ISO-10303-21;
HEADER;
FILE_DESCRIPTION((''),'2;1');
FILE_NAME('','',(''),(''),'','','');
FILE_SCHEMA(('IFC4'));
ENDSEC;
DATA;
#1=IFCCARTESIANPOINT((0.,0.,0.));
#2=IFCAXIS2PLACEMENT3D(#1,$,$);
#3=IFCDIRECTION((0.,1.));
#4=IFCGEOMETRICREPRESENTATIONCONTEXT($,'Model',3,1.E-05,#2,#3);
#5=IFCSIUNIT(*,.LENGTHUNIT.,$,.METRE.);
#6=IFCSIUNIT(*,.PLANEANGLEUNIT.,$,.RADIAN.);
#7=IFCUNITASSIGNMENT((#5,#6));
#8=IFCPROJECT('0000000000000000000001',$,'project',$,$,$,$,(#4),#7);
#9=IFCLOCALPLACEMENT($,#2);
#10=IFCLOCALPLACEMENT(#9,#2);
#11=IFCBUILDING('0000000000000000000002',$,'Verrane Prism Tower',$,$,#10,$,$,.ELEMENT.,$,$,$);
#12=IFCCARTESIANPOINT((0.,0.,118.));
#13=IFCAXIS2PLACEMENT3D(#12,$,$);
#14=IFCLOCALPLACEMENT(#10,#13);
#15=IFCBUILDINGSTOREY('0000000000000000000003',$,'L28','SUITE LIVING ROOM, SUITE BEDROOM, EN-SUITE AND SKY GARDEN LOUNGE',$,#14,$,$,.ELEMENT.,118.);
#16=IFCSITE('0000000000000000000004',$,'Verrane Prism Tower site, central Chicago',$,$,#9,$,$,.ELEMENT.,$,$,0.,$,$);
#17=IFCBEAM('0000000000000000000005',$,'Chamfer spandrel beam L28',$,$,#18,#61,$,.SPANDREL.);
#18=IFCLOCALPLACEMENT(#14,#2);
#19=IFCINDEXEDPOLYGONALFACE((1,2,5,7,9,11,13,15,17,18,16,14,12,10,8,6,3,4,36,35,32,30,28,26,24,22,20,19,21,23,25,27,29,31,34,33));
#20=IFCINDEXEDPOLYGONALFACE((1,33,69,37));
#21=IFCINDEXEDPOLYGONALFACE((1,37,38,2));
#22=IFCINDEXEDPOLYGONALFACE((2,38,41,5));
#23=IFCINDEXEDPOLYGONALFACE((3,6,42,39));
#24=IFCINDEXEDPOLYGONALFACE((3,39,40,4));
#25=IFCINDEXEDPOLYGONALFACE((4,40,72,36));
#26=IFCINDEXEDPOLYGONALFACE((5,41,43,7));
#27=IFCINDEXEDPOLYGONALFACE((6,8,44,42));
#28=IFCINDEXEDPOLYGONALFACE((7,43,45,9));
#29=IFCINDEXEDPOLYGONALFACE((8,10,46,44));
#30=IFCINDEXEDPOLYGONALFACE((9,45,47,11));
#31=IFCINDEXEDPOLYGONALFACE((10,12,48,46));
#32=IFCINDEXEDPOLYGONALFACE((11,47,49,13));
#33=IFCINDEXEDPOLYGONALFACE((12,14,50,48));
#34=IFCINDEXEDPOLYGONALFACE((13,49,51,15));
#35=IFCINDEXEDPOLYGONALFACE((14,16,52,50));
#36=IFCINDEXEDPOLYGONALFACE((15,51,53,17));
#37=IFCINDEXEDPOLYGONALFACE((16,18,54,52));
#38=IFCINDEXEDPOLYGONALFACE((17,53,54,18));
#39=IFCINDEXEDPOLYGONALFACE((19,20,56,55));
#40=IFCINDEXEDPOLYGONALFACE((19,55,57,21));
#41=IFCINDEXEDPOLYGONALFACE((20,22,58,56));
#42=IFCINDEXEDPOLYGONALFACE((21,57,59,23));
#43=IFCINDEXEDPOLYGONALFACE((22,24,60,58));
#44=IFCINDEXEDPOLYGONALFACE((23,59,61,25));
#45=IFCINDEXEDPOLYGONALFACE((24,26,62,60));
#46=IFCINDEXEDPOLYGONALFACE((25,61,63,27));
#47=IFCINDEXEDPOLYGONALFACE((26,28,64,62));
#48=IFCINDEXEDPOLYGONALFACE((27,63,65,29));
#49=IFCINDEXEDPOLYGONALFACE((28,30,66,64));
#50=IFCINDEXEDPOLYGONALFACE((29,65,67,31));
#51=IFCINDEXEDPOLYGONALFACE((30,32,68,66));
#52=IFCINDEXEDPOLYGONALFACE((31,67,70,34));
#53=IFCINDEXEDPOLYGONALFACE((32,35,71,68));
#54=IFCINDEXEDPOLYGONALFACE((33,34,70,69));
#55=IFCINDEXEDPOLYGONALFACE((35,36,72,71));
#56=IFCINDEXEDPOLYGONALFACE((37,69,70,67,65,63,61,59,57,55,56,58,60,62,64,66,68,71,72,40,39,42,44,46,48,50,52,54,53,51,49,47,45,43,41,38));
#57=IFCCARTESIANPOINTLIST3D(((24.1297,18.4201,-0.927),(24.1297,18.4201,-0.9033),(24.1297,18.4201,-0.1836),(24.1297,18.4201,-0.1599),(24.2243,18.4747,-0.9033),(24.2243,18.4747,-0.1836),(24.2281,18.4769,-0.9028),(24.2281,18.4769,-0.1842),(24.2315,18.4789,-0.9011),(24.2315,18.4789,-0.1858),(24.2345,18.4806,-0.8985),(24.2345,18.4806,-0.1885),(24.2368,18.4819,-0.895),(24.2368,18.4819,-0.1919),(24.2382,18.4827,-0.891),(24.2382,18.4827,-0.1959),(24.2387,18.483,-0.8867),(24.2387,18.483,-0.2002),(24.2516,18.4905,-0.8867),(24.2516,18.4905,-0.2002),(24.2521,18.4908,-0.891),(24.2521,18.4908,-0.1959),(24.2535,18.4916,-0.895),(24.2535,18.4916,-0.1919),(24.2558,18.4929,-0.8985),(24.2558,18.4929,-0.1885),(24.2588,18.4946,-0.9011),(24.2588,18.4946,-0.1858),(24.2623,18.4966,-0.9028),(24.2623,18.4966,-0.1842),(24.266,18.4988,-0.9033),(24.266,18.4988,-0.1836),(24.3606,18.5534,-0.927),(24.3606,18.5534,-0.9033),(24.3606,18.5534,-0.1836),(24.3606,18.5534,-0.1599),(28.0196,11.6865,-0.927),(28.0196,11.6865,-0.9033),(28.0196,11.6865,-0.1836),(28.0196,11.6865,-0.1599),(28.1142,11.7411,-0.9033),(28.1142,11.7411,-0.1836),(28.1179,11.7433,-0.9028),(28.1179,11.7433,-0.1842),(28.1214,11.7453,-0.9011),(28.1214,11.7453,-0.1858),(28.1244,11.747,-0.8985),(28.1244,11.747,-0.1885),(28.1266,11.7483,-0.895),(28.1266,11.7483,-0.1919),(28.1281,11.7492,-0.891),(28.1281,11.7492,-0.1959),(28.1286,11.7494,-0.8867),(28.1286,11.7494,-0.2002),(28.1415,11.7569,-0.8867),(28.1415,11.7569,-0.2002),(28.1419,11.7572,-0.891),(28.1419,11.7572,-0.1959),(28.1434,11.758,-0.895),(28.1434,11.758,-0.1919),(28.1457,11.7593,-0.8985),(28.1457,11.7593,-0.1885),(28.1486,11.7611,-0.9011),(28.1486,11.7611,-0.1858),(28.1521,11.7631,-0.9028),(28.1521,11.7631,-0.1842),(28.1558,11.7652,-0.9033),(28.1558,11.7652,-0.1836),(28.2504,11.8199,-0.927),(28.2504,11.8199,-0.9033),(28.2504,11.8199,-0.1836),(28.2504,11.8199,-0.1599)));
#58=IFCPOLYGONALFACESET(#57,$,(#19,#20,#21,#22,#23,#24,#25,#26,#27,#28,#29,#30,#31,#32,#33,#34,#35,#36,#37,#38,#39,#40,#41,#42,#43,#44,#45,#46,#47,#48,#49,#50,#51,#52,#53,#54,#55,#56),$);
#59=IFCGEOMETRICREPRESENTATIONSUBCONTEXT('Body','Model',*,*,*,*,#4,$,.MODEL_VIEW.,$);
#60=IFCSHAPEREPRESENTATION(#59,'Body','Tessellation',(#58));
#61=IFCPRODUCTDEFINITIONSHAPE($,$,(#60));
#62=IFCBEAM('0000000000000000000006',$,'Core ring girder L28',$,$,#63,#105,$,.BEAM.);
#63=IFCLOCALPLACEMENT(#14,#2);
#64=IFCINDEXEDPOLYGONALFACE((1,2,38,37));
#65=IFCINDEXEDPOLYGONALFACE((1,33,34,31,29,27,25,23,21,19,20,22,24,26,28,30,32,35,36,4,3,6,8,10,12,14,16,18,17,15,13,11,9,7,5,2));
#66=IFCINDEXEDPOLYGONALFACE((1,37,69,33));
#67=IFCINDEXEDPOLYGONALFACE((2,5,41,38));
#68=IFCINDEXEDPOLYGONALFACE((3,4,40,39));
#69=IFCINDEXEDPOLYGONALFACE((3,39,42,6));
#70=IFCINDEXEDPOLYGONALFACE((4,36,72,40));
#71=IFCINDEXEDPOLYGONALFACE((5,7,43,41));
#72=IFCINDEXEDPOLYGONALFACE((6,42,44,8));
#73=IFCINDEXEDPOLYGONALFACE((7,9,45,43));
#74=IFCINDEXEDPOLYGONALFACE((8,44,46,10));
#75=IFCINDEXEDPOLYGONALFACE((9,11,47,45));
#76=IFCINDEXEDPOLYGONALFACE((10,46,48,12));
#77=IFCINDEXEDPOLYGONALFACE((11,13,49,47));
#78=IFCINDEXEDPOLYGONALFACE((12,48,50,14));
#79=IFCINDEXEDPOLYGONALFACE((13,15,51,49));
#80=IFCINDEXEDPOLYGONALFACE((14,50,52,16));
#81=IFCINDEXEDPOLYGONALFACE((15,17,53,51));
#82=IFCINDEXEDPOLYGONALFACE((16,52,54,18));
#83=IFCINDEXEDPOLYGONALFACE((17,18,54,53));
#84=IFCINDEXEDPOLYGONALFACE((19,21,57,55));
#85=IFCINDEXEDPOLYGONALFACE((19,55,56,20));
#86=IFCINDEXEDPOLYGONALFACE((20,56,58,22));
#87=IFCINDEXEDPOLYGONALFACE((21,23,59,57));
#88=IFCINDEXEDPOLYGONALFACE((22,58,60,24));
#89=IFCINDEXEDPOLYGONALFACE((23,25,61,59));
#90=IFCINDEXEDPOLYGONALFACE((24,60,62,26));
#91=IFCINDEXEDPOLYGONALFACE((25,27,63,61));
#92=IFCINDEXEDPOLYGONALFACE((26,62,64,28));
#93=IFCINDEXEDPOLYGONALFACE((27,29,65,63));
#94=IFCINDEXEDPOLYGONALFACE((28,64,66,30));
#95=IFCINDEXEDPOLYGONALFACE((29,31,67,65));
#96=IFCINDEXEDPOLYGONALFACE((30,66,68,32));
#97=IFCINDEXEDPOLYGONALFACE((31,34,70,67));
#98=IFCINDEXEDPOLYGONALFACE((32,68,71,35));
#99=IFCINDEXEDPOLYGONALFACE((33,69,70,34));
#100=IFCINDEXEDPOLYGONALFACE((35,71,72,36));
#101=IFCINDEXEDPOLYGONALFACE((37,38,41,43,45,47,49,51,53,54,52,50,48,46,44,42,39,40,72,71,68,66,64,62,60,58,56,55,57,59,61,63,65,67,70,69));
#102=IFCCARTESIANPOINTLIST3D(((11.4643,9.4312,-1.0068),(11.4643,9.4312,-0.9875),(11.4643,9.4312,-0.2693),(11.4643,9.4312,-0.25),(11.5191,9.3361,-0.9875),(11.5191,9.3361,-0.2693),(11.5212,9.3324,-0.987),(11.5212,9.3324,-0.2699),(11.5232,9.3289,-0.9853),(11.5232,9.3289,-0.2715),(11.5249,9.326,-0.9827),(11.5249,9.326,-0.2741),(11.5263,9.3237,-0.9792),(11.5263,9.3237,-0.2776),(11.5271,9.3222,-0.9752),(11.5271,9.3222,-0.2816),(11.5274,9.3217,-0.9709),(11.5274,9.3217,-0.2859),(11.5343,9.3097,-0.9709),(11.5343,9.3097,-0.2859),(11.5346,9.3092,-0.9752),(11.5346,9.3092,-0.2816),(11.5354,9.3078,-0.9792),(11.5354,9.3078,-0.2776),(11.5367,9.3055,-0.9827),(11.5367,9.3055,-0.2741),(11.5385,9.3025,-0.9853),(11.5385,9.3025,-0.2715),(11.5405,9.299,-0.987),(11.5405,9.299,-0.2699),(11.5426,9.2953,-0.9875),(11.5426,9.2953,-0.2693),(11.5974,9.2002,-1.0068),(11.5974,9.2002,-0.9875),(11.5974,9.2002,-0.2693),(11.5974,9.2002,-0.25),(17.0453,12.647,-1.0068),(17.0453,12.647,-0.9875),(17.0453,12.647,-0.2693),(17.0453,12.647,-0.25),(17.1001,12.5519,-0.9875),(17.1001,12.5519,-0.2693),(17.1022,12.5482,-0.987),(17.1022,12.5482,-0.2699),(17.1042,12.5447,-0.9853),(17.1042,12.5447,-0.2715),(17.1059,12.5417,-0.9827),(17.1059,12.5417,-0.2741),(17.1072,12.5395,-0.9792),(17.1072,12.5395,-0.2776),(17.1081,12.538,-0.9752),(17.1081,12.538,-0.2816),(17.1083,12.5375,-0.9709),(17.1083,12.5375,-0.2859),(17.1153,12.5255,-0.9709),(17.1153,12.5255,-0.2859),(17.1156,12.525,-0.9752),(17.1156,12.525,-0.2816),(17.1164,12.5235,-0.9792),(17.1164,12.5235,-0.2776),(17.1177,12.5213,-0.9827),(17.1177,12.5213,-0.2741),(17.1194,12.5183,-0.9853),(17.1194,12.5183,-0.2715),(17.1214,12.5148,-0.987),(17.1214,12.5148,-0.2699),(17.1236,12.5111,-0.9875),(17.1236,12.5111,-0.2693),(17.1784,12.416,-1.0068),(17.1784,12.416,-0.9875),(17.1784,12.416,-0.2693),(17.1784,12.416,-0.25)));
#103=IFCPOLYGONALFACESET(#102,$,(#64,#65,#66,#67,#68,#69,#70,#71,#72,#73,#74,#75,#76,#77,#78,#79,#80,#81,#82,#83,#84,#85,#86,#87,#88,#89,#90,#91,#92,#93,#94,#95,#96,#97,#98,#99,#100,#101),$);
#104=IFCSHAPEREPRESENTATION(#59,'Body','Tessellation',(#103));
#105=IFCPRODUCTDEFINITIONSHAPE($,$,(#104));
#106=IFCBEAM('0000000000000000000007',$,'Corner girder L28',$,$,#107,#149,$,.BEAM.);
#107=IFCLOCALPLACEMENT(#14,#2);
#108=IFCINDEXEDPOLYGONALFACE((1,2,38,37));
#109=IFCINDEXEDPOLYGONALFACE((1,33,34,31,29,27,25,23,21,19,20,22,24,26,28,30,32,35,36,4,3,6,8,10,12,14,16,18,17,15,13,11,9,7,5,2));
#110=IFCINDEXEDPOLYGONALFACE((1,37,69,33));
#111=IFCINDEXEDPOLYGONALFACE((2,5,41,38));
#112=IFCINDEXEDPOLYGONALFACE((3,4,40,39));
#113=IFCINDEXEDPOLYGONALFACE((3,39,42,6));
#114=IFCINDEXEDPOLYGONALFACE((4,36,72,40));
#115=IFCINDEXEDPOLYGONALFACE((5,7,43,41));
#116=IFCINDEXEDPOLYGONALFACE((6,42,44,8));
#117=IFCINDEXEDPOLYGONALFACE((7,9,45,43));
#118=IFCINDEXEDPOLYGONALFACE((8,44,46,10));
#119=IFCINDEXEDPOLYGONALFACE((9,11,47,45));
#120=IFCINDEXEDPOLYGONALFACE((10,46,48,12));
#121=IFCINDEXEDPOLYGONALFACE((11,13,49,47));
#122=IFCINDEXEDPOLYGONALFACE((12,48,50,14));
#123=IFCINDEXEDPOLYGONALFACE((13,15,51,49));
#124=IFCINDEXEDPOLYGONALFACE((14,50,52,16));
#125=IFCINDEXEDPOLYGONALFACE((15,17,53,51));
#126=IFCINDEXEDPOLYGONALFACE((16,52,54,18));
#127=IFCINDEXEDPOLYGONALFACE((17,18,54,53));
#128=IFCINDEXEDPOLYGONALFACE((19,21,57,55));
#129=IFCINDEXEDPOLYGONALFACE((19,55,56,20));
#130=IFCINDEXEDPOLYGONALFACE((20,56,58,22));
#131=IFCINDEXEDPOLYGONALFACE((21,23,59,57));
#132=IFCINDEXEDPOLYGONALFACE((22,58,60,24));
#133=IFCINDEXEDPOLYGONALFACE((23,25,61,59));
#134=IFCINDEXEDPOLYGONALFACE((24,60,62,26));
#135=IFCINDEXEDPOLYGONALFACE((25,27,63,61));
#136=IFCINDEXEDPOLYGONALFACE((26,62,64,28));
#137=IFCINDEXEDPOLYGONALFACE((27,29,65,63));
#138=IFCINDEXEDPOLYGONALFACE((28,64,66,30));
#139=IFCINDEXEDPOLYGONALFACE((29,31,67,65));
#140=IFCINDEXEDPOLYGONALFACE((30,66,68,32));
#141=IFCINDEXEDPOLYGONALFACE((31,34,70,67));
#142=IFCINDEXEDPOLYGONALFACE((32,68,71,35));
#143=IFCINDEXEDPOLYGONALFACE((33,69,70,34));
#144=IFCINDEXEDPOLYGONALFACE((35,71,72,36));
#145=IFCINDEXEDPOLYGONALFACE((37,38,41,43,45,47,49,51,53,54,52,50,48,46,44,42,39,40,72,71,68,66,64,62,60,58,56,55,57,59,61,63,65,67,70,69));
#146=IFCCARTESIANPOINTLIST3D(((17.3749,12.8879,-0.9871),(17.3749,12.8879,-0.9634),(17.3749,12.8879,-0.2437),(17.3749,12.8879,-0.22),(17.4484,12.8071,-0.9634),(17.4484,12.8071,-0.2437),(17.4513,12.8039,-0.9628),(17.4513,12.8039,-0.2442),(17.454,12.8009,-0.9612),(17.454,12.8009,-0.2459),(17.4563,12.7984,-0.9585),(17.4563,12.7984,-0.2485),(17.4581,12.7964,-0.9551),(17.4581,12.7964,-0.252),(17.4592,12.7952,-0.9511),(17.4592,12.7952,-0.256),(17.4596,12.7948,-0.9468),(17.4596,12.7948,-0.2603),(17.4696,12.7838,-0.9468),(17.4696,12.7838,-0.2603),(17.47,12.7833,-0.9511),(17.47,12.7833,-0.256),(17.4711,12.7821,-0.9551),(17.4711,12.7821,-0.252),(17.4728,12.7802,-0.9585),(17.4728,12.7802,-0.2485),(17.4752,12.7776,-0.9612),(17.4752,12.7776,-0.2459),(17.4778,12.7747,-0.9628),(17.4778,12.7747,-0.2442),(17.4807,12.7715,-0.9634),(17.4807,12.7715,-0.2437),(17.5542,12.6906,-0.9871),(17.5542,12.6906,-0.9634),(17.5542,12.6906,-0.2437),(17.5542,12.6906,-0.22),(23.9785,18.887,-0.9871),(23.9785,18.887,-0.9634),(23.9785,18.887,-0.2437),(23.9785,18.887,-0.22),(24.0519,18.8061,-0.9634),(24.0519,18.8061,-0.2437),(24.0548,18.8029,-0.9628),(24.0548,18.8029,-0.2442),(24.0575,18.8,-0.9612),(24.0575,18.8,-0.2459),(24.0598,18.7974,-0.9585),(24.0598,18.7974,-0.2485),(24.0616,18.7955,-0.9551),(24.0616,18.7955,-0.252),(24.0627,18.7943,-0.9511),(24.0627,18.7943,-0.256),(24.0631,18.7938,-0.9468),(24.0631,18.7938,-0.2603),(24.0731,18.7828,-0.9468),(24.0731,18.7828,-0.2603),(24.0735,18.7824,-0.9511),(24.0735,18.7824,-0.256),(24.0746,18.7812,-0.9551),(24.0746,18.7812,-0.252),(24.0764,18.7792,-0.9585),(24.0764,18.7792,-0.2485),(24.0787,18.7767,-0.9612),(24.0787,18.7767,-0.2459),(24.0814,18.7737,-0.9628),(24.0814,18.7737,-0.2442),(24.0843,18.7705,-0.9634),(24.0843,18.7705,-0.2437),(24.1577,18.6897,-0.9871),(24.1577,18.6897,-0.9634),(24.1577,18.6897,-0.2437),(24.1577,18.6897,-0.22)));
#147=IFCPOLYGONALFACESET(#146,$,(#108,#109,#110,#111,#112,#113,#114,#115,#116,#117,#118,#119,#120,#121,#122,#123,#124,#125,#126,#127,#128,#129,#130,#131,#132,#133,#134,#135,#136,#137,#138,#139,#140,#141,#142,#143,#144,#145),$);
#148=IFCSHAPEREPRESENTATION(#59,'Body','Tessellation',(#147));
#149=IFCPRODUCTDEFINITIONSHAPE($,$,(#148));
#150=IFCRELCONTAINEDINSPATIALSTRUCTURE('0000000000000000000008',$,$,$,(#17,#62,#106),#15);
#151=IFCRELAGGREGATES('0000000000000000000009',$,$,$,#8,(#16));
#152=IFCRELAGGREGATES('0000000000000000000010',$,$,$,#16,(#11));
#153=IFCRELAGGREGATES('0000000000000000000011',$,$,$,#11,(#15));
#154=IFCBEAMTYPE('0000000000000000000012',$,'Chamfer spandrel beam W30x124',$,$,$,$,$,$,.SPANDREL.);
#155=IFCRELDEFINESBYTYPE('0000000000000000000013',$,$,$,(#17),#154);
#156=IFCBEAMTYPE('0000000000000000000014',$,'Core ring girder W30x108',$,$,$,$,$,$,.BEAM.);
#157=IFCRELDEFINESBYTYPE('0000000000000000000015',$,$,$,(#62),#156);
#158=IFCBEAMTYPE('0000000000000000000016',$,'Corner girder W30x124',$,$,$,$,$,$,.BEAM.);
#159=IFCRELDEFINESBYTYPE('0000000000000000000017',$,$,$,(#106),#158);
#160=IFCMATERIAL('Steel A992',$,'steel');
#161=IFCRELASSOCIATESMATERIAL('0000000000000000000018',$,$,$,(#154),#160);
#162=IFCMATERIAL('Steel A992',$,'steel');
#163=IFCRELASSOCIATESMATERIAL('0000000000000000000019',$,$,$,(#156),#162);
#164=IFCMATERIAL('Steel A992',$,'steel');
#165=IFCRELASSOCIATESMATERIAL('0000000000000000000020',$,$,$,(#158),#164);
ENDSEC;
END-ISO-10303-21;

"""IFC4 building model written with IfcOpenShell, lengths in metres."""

from ifc_helpers import new_model, si_unit, direction, frame, origin, origin_2d, place, context, subcontext, project, spatial, i_section, extrude, material, material_profile, profile_set, type_object, element, save


model = new_model("IFC4")

# Units and contexts
model_context = context("Model", 3, precision=1e-05, world=origin(), true_north=direction((0.0, 1.0)))
body_context = subcontext(model_context, "Body", "Model", "MODEL_VIEW")
ifc_project = project(units=[si_unit("LENGTHUNIT", "METRE"), si_unit("PLANEANGLEUNIT", "RADIAN")], contexts=[model_context])

# Site, building, storey
site_placement = place(None, origin())
site = spatial("IfcSite", under=ifc_project, at=site_placement, Name="Verrane Prism Tower site, central Chicago", CompositionType="ELEMENT", RefElevation=0.0)
building_placement = place(site_placement, origin())
building = spatial("IfcBuilding", under=site, at=building_placement, Name="Verrane Prism Tower", CompositionType="ELEMENT")
storey_placement = place(building_placement, frame((0.0, 0.0, 118.0)))
storey = spatial("IfcBuildingStorey", under=building, at=storey_placement, Name="L28", Description="SUITE LIVING ROOM, SUITE BEDROOM, EN-SUITE AND SKY GARDEN LOUNGE", CompositionType="ELEMENT", Elevation=118.0)

# Beams
ifc_material_1 = material(Name="Steel A992", Category="steel")
ifc_material_profile_1 = material_profile(ifc_material_1, i_section(OverallWidth=0.2666, OverallDepth=0.7671, WebThickness=0.0149, FlangeThickness=0.0237, FilletRadius=0.0166, at=origin_2d()), Name="W30x124")
ifc_profile_set_1 = profile_set([ifc_material_profile_1], Name="Steel A992")
beam_type_1 = type_object("IfcBeamType", Name="Chamfer spandrel beam W30x124", PredefinedType="SPANDREL", material=ifc_profile_set_1)
beam_1_placement = place(storey_placement, frame((28.135, 11.7532, -0.5435), z_axis=(-0.500214, 0.865902, 0.0), x_axis=(-0.865902, -0.500214, 0.0)))
element("IfcBeam", 1, at=beam_1_placement, inside=storey, type_object=beam_type_1, Name="Chamfer spandrel beam L28", PredefinedType="SPANDREL", context=body_context, shape_type="SweptSolid", body=[
    extrude(i_section(OverallWidth=0.2666, OverallDepth=0.7671, WebThickness=0.0149, FlangeThickness=0.0237, FilletRadius=0.0166, at=origin_2d()), origin(), (0.0, 0.0, 1.0), 7.7764),
])
ifc_material_2 = material(Name="Steel A992", Category="steel")
ifc_material_profile_2 = material_profile(ifc_material_2, i_section(OverallWidth=0.2666, OverallDepth=0.7568, WebThickness=0.0139, FlangeThickness=0.0193, FilletRadius=0.0166, at=origin_2d()), Name="W30x108")
ifc_profile_set_2 = profile_set([ifc_material_profile_2], Name="Steel A992")
beam_type_2 = type_object("IfcBeamType", Name="Core ring girder W30x108", PredefinedType="BEAM", material=ifc_profile_set_2)
beam_2_placement = place(storey_placement, frame((17.1118, 12.5315, -0.6284), z_axis=(-0.866456, -0.499254, 0.0), x_axis=(0.499254, -0.866456, 0.0)))
element("IfcBeam", 2, at=beam_2_placement, inside=storey, type_object=beam_type_2, Name="Core ring girder L28", PredefinedType="BEAM", context=body_context, shape_type="SweptSolid", body=[
    extrude(i_section(OverallWidth=0.2666, OverallDepth=0.7568, WebThickness=0.0139, FlangeThickness=0.0193, FilletRadius=0.0166, at=origin_2d()), origin(), (0.0, 0.0, 1.0), 6.4412),
])
ifc_material_3 = material(Name="Steel A992", Category="steel")
ifc_material_profile_3 = material_profile(ifc_material_3, i_section(OverallWidth=0.2666, OverallDepth=0.7671, WebThickness=0.0149, FlangeThickness=0.0237, FilletRadius=0.0166, at=origin_2d()), Name="W30x124")
ifc_profile_set_3 = profile_set([ifc_material_profile_3], Name="Steel A992")
beam_type_3 = type_object("IfcBeamType", Name="Corner girder W30x124", PredefinedType="BEAM", material=ifc_profile_set_3)
beam_3_placement = place(storey_placement, frame((24.0681, 18.7883, -0.6035), z_axis=(-0.740173, -0.672417, 0.0), x_axis=(0.672417, -0.740173, 0.0)))
element("IfcBeam", 3, at=beam_3_placement, inside=storey, type_object=beam_type_3, Name="Corner girder L28", PredefinedType="BEAM", context=body_context, shape_type="SweptSolid", body=[
    extrude(i_section(OverallWidth=0.2666, OverallDepth=0.7671, WebThickness=0.0149, FlangeThickness=0.0237, FilletRadius=0.0166, at=origin_2d()), origin(), (0.0, 0.0, 1.0), 8.9216),
])

save(model, "model.ifc")
